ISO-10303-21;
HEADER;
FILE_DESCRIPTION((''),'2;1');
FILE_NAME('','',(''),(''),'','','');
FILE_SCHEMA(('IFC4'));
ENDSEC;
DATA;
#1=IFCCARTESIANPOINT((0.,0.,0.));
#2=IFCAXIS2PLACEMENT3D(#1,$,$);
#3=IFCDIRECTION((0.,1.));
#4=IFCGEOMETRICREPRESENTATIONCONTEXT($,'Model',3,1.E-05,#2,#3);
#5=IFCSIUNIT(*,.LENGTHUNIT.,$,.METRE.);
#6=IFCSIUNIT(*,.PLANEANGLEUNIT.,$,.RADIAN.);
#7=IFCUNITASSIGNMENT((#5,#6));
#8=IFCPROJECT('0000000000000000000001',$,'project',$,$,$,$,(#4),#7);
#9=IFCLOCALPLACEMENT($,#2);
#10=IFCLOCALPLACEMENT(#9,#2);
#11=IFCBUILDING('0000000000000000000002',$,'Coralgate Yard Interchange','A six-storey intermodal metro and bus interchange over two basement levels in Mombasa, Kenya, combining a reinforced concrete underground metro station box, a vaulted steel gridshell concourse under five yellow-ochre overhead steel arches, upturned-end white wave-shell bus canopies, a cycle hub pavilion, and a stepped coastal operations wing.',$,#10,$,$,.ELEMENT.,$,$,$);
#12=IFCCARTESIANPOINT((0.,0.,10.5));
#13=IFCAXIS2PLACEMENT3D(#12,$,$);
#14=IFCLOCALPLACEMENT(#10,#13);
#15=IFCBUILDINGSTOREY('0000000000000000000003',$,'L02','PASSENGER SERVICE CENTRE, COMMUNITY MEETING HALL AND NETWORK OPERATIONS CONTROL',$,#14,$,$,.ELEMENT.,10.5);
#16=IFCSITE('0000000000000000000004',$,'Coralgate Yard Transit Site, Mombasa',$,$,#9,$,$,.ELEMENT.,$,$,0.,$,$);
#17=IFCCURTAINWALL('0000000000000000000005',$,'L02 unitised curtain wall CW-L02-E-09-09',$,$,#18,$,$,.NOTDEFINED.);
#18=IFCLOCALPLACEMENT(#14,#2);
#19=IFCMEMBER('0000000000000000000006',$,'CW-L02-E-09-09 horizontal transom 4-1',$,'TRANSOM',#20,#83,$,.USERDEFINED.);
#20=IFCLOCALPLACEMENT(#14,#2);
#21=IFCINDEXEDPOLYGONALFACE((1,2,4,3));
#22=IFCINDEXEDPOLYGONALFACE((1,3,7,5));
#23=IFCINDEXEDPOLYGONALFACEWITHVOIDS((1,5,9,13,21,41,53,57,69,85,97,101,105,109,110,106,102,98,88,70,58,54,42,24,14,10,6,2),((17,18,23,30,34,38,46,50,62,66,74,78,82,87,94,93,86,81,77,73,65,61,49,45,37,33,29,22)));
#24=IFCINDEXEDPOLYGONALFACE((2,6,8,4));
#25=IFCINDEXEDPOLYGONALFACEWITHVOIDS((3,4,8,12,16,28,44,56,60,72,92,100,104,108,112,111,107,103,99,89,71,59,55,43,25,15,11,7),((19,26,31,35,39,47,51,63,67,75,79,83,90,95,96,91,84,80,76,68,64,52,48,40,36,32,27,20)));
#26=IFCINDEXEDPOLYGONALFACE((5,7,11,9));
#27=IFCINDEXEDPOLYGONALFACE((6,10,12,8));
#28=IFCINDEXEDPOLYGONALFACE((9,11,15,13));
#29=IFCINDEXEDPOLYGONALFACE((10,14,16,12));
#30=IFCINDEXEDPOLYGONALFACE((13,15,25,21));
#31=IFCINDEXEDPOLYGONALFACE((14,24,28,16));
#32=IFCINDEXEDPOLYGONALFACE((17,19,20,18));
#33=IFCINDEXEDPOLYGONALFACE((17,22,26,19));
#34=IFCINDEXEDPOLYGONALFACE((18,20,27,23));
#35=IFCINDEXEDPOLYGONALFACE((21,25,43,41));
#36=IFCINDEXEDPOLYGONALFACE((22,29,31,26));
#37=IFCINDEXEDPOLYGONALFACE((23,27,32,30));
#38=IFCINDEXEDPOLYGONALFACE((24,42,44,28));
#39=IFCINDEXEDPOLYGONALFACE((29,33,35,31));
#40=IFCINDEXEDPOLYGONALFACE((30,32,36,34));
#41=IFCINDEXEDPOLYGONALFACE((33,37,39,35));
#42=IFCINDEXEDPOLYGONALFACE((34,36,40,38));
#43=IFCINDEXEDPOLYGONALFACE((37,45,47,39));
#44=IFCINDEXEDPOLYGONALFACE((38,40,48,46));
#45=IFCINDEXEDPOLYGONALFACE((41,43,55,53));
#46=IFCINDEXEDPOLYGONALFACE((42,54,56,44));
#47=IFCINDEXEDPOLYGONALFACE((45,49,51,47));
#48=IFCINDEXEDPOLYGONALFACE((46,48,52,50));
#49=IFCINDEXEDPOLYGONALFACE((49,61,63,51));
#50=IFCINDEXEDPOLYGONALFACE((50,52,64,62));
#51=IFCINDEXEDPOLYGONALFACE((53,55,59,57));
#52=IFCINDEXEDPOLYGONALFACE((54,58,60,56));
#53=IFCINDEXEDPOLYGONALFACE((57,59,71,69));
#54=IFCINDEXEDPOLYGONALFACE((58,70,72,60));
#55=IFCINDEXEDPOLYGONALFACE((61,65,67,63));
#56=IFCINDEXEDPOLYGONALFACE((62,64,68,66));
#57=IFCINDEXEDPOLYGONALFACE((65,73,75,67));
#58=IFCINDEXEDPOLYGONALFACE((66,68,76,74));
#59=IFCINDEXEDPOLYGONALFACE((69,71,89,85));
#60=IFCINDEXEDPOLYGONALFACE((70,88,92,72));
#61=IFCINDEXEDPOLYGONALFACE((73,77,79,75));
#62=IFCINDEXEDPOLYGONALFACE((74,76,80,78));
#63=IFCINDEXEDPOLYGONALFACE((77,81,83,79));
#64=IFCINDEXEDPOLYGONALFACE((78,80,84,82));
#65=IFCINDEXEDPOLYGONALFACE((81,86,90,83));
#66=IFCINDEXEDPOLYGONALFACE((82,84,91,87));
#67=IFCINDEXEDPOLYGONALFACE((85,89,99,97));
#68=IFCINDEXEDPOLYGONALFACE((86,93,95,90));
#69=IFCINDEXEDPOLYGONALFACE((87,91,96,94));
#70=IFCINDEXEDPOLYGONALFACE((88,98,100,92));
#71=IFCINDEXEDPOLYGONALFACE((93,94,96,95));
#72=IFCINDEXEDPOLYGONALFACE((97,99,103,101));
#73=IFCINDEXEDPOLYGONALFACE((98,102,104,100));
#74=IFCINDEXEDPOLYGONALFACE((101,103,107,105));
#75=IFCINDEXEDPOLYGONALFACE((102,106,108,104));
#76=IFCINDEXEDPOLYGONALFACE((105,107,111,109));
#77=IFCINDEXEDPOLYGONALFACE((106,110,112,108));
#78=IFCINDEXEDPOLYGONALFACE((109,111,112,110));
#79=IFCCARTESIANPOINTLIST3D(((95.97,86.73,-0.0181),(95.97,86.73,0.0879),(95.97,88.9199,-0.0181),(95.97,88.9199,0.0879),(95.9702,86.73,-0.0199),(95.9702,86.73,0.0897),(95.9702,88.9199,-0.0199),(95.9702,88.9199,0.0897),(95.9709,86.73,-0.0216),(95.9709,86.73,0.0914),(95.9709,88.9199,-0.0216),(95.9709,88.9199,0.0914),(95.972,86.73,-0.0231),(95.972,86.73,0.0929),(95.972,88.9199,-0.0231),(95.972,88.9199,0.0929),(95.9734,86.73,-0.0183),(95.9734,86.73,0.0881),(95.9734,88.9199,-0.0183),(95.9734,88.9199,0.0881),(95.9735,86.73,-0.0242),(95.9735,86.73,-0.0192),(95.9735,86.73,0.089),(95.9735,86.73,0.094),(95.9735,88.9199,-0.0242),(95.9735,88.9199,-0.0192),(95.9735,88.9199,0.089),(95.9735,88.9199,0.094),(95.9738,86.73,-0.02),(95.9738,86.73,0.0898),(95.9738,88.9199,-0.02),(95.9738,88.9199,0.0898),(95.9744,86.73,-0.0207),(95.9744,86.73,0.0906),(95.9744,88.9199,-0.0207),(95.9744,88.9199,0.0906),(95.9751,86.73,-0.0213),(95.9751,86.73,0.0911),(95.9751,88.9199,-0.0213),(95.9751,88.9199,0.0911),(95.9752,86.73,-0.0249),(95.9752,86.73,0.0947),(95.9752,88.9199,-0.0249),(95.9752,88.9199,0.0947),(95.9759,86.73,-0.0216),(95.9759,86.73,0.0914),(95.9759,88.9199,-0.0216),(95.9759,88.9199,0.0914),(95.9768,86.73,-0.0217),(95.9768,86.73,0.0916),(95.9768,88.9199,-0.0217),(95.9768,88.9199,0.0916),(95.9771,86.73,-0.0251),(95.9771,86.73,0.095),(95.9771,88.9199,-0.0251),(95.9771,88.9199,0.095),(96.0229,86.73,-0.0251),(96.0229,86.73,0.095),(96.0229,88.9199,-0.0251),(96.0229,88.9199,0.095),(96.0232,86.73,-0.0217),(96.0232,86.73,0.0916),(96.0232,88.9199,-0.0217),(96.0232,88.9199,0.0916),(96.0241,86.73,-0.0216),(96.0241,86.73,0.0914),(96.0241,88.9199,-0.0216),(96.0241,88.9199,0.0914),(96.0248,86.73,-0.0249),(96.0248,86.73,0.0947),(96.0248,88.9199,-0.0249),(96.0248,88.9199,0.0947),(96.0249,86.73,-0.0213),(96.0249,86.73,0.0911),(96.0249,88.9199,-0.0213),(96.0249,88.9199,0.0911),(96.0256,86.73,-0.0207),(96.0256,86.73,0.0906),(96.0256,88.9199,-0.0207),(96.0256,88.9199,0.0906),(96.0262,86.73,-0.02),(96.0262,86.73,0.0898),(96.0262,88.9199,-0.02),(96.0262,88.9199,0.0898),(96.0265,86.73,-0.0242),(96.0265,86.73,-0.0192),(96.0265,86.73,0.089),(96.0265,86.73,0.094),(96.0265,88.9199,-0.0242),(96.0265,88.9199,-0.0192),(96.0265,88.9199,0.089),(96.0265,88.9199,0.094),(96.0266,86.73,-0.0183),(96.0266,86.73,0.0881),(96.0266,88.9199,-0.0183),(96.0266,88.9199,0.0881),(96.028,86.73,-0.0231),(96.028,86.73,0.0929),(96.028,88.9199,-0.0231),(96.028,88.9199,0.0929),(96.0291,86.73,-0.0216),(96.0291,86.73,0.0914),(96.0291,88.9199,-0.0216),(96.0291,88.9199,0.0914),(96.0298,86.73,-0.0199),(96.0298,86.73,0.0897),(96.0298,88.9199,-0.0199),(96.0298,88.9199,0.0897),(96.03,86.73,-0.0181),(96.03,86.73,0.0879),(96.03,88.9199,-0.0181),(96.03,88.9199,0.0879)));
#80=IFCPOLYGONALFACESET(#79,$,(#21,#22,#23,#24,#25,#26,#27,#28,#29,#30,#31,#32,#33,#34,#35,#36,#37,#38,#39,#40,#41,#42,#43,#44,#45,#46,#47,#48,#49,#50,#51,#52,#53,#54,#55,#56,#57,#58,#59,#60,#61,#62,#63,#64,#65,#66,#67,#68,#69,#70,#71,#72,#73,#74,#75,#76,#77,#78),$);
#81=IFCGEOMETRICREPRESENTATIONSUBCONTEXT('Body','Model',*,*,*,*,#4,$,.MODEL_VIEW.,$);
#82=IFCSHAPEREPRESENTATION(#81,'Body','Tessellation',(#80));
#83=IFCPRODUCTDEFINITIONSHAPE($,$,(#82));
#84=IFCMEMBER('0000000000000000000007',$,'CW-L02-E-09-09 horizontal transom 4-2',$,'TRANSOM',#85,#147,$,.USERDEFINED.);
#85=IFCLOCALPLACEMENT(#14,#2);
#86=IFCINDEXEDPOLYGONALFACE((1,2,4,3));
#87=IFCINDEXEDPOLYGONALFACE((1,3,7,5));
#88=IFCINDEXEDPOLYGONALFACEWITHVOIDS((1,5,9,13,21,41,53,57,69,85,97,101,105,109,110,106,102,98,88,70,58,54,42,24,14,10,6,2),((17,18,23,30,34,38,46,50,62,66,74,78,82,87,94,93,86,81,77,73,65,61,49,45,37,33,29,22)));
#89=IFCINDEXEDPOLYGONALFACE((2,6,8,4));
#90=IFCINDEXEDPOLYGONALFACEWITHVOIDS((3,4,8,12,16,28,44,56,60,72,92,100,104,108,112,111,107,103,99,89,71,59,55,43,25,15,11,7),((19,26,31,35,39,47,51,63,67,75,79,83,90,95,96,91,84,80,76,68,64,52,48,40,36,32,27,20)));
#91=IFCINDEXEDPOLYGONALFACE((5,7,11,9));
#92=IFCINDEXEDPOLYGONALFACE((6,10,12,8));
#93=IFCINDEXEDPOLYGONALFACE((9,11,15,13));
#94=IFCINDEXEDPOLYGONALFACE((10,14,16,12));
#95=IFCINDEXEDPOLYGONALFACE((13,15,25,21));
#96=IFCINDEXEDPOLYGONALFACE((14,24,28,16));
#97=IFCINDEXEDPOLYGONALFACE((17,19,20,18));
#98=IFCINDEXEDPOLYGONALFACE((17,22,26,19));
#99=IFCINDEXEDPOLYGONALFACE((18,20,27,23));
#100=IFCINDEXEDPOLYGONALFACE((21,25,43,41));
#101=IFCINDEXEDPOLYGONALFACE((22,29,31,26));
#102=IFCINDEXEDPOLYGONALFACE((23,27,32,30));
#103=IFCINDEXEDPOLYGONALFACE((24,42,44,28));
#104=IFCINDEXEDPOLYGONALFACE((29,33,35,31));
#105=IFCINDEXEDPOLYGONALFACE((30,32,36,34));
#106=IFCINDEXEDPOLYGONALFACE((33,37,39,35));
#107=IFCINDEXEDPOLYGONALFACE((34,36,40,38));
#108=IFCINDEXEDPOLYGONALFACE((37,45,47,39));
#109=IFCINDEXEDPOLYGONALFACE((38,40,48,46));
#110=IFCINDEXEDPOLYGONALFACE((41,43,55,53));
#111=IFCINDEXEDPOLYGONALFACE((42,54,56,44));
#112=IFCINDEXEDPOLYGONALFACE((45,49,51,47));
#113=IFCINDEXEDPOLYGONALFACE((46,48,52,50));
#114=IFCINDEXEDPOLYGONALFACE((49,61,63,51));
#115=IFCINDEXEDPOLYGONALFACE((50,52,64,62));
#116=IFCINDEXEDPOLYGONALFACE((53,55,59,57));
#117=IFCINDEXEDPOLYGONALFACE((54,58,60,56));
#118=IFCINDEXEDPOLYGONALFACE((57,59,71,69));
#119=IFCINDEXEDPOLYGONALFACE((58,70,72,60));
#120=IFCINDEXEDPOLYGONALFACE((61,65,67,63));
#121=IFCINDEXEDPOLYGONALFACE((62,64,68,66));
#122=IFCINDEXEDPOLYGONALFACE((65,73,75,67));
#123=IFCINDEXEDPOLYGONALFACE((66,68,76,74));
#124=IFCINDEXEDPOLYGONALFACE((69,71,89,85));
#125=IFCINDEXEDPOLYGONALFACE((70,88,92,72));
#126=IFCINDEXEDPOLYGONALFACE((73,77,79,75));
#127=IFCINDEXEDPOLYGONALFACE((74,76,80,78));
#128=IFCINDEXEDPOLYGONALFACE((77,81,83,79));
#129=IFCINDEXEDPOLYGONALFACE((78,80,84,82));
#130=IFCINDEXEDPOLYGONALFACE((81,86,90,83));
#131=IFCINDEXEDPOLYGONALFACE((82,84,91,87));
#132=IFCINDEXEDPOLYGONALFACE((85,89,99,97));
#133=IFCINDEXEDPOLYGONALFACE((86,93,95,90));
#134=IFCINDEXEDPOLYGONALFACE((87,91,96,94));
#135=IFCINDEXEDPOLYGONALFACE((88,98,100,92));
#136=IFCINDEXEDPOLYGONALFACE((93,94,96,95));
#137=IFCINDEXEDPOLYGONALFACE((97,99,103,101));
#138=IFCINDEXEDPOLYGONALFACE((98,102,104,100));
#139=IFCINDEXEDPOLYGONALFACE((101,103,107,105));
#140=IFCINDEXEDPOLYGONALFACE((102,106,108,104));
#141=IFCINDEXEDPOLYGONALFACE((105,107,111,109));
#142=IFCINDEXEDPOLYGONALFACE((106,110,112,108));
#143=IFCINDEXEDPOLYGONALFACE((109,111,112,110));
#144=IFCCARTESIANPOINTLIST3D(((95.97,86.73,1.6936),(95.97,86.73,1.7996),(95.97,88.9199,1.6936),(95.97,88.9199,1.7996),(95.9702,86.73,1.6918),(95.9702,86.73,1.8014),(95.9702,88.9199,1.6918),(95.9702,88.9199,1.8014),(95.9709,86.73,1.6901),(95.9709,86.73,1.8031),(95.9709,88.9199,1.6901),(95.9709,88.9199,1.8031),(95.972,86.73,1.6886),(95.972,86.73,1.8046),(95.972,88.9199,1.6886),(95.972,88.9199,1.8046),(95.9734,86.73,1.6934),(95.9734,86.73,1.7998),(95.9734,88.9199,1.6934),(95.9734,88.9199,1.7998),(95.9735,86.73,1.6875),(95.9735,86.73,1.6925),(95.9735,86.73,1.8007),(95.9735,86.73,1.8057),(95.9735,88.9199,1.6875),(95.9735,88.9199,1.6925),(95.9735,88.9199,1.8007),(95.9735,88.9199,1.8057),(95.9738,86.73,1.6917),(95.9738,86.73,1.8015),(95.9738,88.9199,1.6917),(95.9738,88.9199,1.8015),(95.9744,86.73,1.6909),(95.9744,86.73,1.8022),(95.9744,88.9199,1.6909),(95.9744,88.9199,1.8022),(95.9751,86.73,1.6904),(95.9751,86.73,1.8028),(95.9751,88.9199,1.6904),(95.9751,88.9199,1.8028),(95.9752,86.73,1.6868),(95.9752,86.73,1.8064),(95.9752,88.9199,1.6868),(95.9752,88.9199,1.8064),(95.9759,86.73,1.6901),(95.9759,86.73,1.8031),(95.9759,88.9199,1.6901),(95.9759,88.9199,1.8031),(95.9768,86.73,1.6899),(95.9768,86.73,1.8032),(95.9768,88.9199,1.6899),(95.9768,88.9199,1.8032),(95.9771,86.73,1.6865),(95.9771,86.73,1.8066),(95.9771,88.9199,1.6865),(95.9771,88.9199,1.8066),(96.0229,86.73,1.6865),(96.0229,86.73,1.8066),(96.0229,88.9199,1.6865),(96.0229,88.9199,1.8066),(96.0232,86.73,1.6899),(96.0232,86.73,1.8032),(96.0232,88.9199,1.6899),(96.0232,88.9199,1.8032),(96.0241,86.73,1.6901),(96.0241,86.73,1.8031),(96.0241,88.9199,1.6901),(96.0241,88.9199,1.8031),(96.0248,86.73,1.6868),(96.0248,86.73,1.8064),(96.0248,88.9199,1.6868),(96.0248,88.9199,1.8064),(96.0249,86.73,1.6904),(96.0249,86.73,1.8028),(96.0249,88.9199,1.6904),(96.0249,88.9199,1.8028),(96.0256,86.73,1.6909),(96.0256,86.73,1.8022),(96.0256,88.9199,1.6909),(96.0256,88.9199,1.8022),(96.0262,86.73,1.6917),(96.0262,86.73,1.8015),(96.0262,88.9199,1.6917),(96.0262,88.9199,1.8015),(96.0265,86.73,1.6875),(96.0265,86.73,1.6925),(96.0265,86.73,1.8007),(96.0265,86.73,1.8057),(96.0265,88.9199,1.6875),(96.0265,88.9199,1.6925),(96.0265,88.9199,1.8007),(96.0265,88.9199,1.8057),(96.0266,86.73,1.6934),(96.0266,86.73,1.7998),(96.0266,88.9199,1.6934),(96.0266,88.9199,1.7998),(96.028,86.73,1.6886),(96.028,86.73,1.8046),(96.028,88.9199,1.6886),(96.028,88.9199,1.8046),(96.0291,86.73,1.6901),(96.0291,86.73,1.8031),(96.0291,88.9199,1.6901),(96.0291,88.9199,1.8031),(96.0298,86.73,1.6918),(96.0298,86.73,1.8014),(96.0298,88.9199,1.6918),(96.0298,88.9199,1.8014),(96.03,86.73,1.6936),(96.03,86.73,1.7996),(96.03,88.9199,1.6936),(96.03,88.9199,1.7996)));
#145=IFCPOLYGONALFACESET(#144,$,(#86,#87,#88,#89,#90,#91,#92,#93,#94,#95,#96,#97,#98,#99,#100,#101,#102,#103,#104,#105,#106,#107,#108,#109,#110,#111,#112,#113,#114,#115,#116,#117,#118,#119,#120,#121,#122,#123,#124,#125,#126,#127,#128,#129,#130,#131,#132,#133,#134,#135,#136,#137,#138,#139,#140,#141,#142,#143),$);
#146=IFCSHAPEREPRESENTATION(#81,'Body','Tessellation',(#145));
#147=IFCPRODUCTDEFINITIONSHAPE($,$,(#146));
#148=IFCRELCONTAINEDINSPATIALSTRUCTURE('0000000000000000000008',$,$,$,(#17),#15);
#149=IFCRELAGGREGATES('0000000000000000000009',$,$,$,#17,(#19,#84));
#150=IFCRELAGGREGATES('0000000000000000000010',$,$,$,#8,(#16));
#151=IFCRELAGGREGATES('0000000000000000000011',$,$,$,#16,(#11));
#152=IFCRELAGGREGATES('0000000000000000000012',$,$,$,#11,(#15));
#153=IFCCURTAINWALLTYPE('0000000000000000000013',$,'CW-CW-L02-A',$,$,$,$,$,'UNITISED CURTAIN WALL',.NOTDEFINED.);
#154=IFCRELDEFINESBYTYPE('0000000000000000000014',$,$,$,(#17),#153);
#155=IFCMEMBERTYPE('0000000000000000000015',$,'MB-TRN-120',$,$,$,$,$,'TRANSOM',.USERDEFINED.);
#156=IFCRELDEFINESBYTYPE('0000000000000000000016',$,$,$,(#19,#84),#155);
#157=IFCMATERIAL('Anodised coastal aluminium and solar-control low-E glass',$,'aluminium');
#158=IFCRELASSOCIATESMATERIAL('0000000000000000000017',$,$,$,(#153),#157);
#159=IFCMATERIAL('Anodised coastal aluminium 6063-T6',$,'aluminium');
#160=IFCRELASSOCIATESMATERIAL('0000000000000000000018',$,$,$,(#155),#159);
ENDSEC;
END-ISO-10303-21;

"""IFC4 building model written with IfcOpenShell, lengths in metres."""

from ifc_helpers import new_model, si_unit, direction, frame, origin, origin_2d, place, context, subcontext, project, spatial, hollow_rectangle, extrude, material, material_profile, profile_set, type_object, element, aggregate, save


model = new_model("IFC4")

# Units and contexts
model_context = context("Model", 3, precision=1e-05, world=origin(), true_north=direction((0.0, 1.0)))
body_context = subcontext(model_context, "Body", "Model", "MODEL_VIEW")
ifc_project = project(units=[si_unit("LENGTHUNIT", "METRE"), si_unit("PLANEANGLEUNIT", "RADIAN")], contexts=[model_context])

# Site, building, storey
site_placement = place(None, origin())
site = spatial("IfcSite", under=ifc_project, at=site_placement, Name="Coralgate Yard Transit Site, Mombasa", CompositionType="ELEMENT", RefElevation=0.0)
building_placement = place(site_placement, origin())
building = spatial("IfcBuilding", under=site, at=building_placement, Name="Coralgate Yard Interchange", Description="A six-storey intermodal metro and bus interchange over two basement levels in Mombasa, Kenya, combining a reinforced concrete underground metro station box, a vaulted steel gridshell concourse under five yellow-ochre overhead steel arches, upturned-end white wave-shell bus canopies, a cycle hub pavilion, and a stepped coastal operations wing.", CompositionType="ELEMENT")
storey_placement = place(building_placement, frame((0.0, 0.0, 10.5)))
storey = spatial("IfcBuildingStorey", under=building, at=storey_placement, Name="L02", Description="PASSENGER SERVICE CENTRE, COMMUNITY MEETING HALL AND NETWORK OPERATIONS CONTROL", CompositionType="ELEMENT", Elevation=10.5)

# Shared definitions
ifc_material_1 = material(Name="Anodised coastal aluminium and solar-control low-E glass", Category="aluminium")
curtain_wall_type = type_object("IfcCurtainWallType", Name="CW-CW-L02-A", ElementType="UNITISED CURTAIN WALL", PredefinedType="NOTDEFINED", material=ifc_material_1)
ifc_material_2 = material(Name="Anodised coastal aluminium 6063-T6", Category="aluminium")

# Curtain wall
curtain_wall_1_placement = place(storey_placement, origin())
curtain_wall_1 = element("IfcCurtainWall", 1, at=curtain_wall_1_placement, inside=storey, type_object=curtain_wall_type, Name="L02 unitised curtain wall CW-L02-E-09-09", PredefinedType="NOTDEFINED")

# Members
ifc_material_profile_1 = material_profile(ifc_material_2, hollow_rectangle(XDim=0.0601, YDim=0.1201, WallThickness=0.0034, InnerFilletRadius=0.0034, OuterFilletRadius=0.0071, at=origin_2d()), Name="ALU 60x120x3.5")
ifc_profile_set_1 = profile_set([ifc_material_profile_1], Name="Anodised coastal aluminium 6063-T6")
member_type_1 = type_object("IfcMemberType", Name="MB-TRN-120", ElementType="TRANSOM", PredefinedType="USERDEFINED", material=ifc_profile_set_1)
member_1_placement = place(storey_placement, frame((96.0, 88.9199, 0.0349), z_axis=(0.0, -1.0, 0.0), x_axis=(1.0, 0.0, 0.0)))
member_1 = element("IfcMember", 2, at=member_1_placement, type_object=member_type_1, Name="CW-L02-E-09-09 horizontal transom 4-1", ObjectType="TRANSOM", PredefinedType="USERDEFINED", context=body_context, shape_type="SweptSolid", body=[
    extrude(hollow_rectangle(XDim=0.0601, YDim=0.1201, WallThickness=0.0034, InnerFilletRadius=0.0034, OuterFilletRadius=0.0071, at=origin_2d()), origin(), (0.0, 0.0, 1.0), 2.1899),
])
member_2_placement = place(storey_placement, frame((96.0, 88.9199, 1.7466), z_axis=(0.0, -1.0, 0.0), x_axis=(1.0, 0.0, 0.0)))
member_2 = element("IfcMember", 3, at=member_2_placement, type_object=member_type_1, Name="CW-L02-E-09-09 horizontal transom 4-2", ObjectType="TRANSOM", PredefinedType="USERDEFINED", context=body_context, shape_type="SweptSolid", body=[
    extrude(hollow_rectangle(XDim=0.0601, YDim=0.1201, WallThickness=0.0034, InnerFilletRadius=0.0034, OuterFilletRadius=0.0071, at=origin_2d()), origin(), (0.0, 0.0, 1.0), 2.1899),
])

aggregate(curtain_wall_1, [member_1, member_2])

save(model, "model.ifc")
